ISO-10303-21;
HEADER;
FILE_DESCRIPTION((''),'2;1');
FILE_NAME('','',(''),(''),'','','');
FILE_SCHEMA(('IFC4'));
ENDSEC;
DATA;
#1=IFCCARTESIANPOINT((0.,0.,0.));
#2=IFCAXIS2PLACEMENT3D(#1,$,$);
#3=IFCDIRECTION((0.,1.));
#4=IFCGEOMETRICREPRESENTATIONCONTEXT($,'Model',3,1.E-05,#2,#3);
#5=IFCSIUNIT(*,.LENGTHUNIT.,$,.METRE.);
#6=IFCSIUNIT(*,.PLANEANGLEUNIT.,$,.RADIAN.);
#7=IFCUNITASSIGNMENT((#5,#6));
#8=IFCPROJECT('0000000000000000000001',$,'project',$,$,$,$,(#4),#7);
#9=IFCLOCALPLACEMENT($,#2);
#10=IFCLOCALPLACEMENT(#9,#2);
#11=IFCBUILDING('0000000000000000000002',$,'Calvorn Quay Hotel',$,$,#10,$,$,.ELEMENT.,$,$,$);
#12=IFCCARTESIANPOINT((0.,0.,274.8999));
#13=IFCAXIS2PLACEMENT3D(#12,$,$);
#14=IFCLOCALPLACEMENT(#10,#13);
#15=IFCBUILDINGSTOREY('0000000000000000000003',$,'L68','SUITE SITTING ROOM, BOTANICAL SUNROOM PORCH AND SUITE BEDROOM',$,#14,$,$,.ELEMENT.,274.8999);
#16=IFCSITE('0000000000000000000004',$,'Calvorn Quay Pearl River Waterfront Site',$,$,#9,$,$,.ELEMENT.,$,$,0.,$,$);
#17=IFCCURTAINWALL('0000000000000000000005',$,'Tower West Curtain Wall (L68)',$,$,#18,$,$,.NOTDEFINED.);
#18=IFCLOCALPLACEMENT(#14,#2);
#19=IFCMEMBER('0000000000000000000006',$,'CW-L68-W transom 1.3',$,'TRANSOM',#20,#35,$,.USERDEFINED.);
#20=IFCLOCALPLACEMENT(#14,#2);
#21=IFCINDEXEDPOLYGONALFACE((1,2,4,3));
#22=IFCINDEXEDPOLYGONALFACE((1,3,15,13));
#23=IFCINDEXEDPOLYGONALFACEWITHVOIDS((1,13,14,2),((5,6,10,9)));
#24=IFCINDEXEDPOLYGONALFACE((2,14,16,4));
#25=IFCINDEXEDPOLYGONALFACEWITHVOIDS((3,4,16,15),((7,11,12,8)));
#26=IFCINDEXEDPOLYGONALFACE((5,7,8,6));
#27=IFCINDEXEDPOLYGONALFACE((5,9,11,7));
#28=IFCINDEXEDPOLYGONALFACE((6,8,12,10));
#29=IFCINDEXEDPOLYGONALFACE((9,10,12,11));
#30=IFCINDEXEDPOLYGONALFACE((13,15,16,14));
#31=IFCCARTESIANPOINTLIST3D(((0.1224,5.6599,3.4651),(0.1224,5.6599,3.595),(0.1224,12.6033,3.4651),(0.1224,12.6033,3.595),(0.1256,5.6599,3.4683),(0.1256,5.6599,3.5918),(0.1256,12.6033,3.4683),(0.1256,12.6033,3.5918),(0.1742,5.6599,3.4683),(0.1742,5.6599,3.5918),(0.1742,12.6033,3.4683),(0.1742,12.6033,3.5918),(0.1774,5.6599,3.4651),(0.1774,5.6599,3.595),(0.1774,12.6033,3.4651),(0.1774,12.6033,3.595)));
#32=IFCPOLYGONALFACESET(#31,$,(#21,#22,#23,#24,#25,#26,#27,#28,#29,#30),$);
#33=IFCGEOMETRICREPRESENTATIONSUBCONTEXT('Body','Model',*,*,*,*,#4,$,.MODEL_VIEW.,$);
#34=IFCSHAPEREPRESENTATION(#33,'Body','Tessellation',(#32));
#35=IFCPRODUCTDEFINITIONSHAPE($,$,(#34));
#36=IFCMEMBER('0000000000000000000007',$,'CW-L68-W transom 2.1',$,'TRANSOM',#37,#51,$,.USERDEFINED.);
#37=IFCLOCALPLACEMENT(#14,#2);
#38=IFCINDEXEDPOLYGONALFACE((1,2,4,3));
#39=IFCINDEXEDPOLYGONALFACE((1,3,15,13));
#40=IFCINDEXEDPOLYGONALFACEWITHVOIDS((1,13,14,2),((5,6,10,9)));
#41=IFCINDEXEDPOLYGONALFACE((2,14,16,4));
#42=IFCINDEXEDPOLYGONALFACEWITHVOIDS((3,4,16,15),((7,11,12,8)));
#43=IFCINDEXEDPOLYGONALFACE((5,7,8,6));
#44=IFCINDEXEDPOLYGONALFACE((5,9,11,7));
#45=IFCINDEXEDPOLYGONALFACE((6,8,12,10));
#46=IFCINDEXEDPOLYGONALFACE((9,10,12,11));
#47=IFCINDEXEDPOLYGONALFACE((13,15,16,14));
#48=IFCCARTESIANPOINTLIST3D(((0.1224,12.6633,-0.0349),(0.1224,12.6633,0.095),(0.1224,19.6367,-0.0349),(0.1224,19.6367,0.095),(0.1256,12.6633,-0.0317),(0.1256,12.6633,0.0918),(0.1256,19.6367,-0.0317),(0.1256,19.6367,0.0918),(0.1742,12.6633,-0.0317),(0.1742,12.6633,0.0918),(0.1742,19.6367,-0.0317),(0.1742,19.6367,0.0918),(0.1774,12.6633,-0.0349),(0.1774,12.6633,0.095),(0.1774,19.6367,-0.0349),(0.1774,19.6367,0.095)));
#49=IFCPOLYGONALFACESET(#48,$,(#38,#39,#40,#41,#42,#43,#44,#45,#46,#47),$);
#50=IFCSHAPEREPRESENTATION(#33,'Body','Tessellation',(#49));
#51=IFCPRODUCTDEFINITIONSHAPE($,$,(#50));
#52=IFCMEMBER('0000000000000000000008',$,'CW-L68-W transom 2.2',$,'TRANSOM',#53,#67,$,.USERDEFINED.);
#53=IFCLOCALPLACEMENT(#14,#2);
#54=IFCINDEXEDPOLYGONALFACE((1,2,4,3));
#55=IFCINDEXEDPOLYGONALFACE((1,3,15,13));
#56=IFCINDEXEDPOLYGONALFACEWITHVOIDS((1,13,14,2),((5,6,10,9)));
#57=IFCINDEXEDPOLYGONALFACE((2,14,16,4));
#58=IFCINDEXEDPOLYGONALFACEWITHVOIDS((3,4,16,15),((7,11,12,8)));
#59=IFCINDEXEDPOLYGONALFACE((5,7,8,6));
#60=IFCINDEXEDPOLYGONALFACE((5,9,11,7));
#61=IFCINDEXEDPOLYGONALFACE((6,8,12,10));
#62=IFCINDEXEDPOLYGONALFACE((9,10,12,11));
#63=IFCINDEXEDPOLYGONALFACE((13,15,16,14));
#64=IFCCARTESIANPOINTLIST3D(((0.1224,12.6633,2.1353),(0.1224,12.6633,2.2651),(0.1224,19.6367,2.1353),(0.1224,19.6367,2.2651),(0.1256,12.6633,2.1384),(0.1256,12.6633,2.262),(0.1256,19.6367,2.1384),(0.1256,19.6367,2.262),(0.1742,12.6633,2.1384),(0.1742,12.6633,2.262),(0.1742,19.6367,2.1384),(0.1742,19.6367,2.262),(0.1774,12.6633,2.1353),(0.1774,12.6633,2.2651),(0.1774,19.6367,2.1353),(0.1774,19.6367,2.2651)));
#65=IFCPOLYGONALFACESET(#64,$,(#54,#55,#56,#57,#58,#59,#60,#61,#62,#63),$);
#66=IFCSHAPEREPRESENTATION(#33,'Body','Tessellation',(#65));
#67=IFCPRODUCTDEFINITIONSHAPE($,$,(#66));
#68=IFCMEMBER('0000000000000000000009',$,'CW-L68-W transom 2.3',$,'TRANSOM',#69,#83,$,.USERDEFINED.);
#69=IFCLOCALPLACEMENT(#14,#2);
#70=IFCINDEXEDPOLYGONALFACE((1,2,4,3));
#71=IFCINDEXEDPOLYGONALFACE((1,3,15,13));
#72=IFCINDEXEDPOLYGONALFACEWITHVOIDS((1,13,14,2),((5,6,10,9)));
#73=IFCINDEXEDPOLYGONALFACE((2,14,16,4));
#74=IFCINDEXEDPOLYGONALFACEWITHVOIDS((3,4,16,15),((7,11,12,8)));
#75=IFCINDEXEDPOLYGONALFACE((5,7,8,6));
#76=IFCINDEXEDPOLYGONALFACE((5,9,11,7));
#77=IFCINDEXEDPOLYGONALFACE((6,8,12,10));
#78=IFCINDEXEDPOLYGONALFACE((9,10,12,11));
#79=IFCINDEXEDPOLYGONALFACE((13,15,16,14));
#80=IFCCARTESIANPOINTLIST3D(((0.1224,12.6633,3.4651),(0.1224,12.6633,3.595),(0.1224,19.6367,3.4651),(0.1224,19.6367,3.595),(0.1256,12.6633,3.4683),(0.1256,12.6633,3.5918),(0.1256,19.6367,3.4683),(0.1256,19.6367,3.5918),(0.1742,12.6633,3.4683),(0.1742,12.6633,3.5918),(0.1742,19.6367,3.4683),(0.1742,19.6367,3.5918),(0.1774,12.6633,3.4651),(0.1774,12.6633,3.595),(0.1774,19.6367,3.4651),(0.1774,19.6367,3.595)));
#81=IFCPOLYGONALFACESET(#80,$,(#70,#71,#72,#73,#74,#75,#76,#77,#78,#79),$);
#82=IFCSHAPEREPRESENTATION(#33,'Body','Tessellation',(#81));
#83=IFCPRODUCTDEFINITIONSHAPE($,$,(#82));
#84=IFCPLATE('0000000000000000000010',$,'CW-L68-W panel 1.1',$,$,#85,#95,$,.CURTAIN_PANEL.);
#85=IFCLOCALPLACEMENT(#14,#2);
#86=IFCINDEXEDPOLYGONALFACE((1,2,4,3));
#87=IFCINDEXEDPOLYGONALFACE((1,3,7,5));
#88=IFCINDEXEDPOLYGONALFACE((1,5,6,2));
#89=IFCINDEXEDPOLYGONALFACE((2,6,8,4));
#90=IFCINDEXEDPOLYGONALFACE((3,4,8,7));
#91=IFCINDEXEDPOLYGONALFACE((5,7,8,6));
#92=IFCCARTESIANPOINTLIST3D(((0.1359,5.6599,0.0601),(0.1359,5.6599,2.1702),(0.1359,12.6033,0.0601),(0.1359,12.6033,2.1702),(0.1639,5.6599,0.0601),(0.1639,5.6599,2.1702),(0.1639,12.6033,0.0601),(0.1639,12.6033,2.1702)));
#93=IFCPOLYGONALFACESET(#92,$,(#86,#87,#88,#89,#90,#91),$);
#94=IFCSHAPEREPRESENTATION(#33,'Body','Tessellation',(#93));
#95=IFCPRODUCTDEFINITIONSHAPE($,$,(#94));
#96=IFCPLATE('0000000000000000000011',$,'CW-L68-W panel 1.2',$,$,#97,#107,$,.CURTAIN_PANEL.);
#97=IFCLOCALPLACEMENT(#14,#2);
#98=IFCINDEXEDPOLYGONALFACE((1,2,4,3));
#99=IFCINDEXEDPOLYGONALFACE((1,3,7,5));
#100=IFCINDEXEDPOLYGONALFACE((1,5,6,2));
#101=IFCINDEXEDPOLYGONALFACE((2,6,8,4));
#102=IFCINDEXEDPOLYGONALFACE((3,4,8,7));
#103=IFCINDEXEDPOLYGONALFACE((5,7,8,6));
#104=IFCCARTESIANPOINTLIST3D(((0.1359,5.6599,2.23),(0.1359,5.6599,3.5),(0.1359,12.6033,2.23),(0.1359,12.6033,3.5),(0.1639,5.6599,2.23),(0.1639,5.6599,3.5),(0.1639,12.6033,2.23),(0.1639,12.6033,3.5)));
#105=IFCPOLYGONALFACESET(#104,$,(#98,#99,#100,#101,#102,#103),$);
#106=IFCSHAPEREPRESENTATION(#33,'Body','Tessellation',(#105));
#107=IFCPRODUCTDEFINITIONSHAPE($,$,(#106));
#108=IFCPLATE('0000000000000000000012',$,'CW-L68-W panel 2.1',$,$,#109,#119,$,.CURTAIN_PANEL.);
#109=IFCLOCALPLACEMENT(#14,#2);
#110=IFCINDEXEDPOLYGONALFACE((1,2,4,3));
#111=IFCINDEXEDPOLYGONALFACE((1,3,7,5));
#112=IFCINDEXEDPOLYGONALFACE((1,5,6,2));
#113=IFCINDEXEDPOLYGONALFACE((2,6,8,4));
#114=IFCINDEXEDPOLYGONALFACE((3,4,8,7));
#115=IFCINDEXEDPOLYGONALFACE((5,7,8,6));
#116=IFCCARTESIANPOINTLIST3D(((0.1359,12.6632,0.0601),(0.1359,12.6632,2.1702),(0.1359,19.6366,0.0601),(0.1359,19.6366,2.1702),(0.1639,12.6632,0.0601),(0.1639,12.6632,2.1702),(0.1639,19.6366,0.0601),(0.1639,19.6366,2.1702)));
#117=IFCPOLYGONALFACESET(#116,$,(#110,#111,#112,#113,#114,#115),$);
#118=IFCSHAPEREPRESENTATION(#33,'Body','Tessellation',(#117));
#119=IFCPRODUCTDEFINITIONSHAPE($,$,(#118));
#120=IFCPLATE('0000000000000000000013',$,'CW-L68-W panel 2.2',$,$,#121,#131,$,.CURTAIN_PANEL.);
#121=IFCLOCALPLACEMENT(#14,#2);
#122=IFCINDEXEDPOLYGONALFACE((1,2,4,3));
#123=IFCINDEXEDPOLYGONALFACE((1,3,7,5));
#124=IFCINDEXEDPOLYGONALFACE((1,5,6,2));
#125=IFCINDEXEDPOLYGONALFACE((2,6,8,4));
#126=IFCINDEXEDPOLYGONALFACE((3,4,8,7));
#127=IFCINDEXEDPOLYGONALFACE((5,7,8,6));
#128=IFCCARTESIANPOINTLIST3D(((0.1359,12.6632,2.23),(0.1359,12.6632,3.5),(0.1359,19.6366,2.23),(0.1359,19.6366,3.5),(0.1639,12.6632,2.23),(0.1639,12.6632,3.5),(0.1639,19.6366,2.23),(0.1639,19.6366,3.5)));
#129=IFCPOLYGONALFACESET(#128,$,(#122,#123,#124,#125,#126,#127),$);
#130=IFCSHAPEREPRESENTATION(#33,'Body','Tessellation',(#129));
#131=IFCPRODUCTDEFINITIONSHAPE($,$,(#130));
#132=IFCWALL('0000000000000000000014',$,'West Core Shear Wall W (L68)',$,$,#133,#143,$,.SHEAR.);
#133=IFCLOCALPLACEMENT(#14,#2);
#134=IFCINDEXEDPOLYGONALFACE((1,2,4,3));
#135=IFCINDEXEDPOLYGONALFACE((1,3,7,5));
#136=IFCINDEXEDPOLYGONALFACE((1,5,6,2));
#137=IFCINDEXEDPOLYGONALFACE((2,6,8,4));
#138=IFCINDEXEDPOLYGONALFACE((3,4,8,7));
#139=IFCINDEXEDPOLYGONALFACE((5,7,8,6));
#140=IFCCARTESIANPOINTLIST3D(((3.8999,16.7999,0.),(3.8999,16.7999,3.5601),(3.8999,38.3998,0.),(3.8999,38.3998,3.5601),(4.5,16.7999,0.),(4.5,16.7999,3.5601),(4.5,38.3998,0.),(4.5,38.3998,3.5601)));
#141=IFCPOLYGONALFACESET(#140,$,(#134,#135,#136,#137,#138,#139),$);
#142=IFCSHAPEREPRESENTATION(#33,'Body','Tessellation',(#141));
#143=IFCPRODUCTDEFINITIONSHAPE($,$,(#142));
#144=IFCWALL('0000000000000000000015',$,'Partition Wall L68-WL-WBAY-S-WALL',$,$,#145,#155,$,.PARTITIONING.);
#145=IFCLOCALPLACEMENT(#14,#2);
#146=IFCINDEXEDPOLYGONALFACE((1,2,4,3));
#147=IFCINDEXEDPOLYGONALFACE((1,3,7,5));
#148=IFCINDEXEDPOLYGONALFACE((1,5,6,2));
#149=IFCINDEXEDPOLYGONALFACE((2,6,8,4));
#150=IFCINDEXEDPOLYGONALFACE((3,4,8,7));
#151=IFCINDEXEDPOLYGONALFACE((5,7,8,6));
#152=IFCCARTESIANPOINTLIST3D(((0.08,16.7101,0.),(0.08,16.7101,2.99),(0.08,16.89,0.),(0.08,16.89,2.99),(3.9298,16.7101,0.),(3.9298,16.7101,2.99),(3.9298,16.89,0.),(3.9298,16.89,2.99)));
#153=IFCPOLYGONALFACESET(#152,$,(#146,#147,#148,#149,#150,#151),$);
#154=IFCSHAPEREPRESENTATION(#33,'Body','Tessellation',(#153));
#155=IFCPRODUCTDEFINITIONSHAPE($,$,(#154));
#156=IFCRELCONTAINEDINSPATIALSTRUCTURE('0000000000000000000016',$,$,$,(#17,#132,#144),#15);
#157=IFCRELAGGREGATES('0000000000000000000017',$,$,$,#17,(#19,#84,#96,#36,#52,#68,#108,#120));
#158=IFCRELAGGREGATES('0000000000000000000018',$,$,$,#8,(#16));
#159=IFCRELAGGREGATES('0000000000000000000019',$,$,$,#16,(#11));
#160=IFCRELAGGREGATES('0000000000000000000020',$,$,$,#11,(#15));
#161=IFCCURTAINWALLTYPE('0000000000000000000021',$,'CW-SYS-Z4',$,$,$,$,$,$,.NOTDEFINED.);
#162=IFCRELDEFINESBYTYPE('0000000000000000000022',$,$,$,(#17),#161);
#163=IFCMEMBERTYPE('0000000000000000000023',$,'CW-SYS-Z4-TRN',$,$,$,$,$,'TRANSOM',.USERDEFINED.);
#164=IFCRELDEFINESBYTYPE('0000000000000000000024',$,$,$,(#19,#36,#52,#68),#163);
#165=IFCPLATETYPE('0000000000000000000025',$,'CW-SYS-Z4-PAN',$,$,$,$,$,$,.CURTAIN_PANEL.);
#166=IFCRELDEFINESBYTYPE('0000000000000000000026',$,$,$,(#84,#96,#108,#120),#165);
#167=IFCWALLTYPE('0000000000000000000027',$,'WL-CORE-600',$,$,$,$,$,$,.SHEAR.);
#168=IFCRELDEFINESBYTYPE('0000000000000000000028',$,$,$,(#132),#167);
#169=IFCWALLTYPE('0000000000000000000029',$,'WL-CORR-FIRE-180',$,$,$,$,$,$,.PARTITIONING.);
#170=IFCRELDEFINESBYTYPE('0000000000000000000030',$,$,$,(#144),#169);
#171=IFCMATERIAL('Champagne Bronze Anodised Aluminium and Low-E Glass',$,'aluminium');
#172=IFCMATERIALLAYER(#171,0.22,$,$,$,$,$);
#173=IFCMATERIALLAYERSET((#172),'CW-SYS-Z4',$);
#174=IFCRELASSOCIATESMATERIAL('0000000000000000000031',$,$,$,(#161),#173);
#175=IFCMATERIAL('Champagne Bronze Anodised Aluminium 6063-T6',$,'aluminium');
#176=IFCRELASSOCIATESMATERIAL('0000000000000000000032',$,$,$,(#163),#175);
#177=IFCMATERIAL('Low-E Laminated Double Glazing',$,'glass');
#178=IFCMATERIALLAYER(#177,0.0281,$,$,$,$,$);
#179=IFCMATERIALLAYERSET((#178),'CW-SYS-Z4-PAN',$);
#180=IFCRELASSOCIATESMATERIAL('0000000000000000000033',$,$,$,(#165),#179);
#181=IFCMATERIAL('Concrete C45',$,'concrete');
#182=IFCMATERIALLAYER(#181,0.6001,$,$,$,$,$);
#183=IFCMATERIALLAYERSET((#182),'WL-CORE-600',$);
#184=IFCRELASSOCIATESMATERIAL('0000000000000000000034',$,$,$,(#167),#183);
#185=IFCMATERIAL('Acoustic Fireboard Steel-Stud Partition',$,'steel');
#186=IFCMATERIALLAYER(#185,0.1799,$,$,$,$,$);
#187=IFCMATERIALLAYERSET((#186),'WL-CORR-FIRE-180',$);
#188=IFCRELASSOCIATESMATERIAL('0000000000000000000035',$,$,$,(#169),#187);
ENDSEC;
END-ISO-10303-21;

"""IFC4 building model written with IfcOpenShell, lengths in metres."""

from ifc_helpers import new_model, si_unit, direction, frame, frame_2d, origin, origin_2d, place, context, subcontext, project, spatial, rectangle, hollow_rectangle, extrude, material, layer, layer_set, material_profile, profile_set, type_object, element, aggregate, save


model = new_model("IFC4")

# Units and contexts
model_context = context("Model", 3, precision=1e-05, world=origin(), true_north=direction((0.0, 1.0)))
body_context = subcontext(model_context, "Body", "Model", "MODEL_VIEW")
ifc_project = project(units=[si_unit("LENGTHUNIT", "METRE"), si_unit("PLANEANGLEUNIT", "RADIAN")], contexts=[model_context])

# Site, building, storey
site_placement = place(None, origin())
site = spatial("IfcSite", under=ifc_project, at=site_placement, Name="Calvorn Quay Pearl River Waterfront Site", CompositionType="ELEMENT", RefElevation=0.0)
building_placement = place(site_placement, origin())
building = spatial("IfcBuilding", under=site, at=building_placement, Name="Calvorn Quay Hotel", CompositionType="ELEMENT")
storey_placement = place(building_placement, frame((0.0, 0.0, 274.8999)))
storey = spatial("IfcBuildingStorey", under=building, at=storey_placement, Name="L68", Description="SUITE SITTING ROOM, BOTANICAL SUNROOM PORCH AND SUITE BEDROOM", CompositionType="ELEMENT", Elevation=274.8999)

# Curtain wall, members, plates
ifc_material_1 = material(Name="Champagne Bronze Anodised Aluminium and Low-E Glass", Category="aluminium")
ifc_layer_1 = layer(ifc_material_1, 0.22)
ifc_layer_set_1 = layer_set([ifc_layer_1], Name="CW-SYS-Z4")
curtain_wall_type = type_object("IfcCurtainWallType", Name="CW-SYS-Z4", PredefinedType="NOTDEFINED", material=ifc_layer_set_1)
curtain_wall_placement = place(storey_placement, origin())
curtain_wall = element("IfcCurtainWall", 1, at=curtain_wall_placement, inside=storey, type_object=curtain_wall_type, Name="Tower West Curtain Wall (L68)", PredefinedType="NOTDEFINED")
ifc_material_2 = material(Name="Champagne Bronze Anodised Aluminium 6063-T6", Category="aluminium")
ifc_material_profile_1 = material_profile(ifc_material_2, hollow_rectangle(XDim=0.0549, YDim=0.1299, WallThickness=0.0032, at=origin_2d()), Name="ALU-T130x55x3.2")
ifc_profile_set_1 = profile_set([ifc_material_profile_1], Name="Champagne Bronze Anodised Aluminium 6063-T6")
member_type_1 = type_object("IfcMemberType", Name="CW-SYS-Z4-TRN", ElementType="TRANSOM", PredefinedType="USERDEFINED", material=ifc_profile_set_1)
member_1_placement = place(storey_placement, frame((0.1499, 5.6599, 3.53), z_axis=(0.0, 1.0, 0.0), x_axis=(-1.0, 0.0, 0.0)))
member_1 = element("IfcMember", 2, at=member_1_placement, type_object=member_type_1, Name="CW-L68-W transom 1.3", ObjectType="TRANSOM", PredefinedType="USERDEFINED", context=body_context, shape_type="SweptSolid", body=[
    extrude(hollow_rectangle(XDim=0.0549, YDim=0.1299, WallThickness=0.0032, at=origin_2d()), origin(), (0.0, 0.0, 1.0), 6.9434),
])
member_2_placement = place(storey_placement, frame((0.1499, 12.6633, 0.03), z_axis=(0.0, 1.0, 0.0), x_axis=(-1.0, 0.0, 0.0)))
member_2 = element("IfcMember", 3, at=member_2_placement, type_object=member_type_1, Name="CW-L68-W transom 2.1", ObjectType="TRANSOM", PredefinedType="USERDEFINED", context=body_context, shape_type="SweptSolid", body=[
    extrude(hollow_rectangle(XDim=0.0549, YDim=0.1299, WallThickness=0.0032, at=origin_2d()), origin(), (0.0, 0.0, 1.0), 6.9734),
])
member_3_placement = place(storey_placement, frame((0.1499, 12.6633, 2.2002), z_axis=(0.0, 1.0, 0.0), x_axis=(-1.0, 0.0, 0.0)))
member_3 = element("IfcMember", 4, at=member_3_placement, type_object=member_type_1, Name="CW-L68-W transom 2.2", ObjectType="TRANSOM", PredefinedType="USERDEFINED", context=body_context, shape_type="SweptSolid", body=[
    extrude(hollow_rectangle(XDim=0.0549, YDim=0.1299, WallThickness=0.0032, at=origin_2d()), origin(), (0.0, 0.0, 1.0), 6.9734),
])
member_4_placement = place(storey_placement, frame((0.1499, 12.6633, 3.53), z_axis=(0.0, 1.0, 0.0), x_axis=(-1.0, 0.0, 0.0)))
member_4 = element("IfcMember", 5, at=member_4_placement, type_object=member_type_1, Name="CW-L68-W transom 2.3", ObjectType="TRANSOM", PredefinedType="USERDEFINED", context=body_context, shape_type="SweptSolid", body=[
    extrude(hollow_rectangle(XDim=0.0549, YDim=0.1299, WallThickness=0.0032, at=origin_2d()), origin(), (0.0, 0.0, 1.0), 6.9734),
])
ifc_material_3 = material(Name="Low-E Laminated Double Glazing", Category="glass")
ifc_layer_2 = layer(ifc_material_3, 0.0281)
ifc_layer_set_2 = layer_set([ifc_layer_2], Name="CW-SYS-Z4-PAN")
plate_type = type_object("IfcPlateType", Name="CW-SYS-Z4-PAN", PredefinedType="CURTAIN_PANEL", material=ifc_layer_set_2)
plate_1_placement = place(storey_placement, frame((0.1499, 9.1316, 0.0601), z_axis=(0.0, 0.0, 1.0), x_axis=(0.0, 1.0, 0.0)))
plate_1 = element("IfcPlate", 6, at=plate_1_placement, type_object=plate_type, Name="CW-L68-W panel 1.1", PredefinedType="CURTAIN_PANEL", context=body_context, shape_type="SweptSolid", body=[
    extrude(rectangle(XDim=6.9434, YDim=0.0281, at=origin_2d()), origin(), (0.0, 0.0, 1.0), 2.1101),
])
plate_2_placement = place(storey_placement, frame((0.1499, 9.1316, 2.23), z_axis=(0.0, 0.0, 1.0), x_axis=(0.0, 1.0, 0.0)))
plate_2 = element("IfcPlate", 7, at=plate_2_placement, type_object=plate_type, Name="CW-L68-W panel 1.2", PredefinedType="CURTAIN_PANEL", context=body_context, shape_type="SweptSolid", body=[
    extrude(rectangle(XDim=6.9434, YDim=0.0281, at=origin_2d()), origin(), (0.0, 0.0, 1.0), 1.27),
])
plate_3_placement = place(storey_placement, frame((0.1499, 16.1499, 0.0601), z_axis=(0.0, 0.0, 1.0), x_axis=(0.0, 1.0, 0.0)))
plate_3 = element("IfcPlate", 8, at=plate_3_placement, type_object=plate_type, Name="CW-L68-W panel 2.1", PredefinedType="CURTAIN_PANEL", context=body_context, shape_type="SweptSolid", body=[
    extrude(rectangle(XDim=6.9734, YDim=0.0281, at=origin_2d()), origin(), (0.0, 0.0, 1.0), 2.1101),
])
plate_4_placement = place(storey_placement, frame((0.1499, 16.1499, 2.23), z_axis=(0.0, 0.0, 1.0), x_axis=(0.0, 1.0, 0.0)))
plate_4 = element("IfcPlate", 9, at=plate_4_placement, type_object=plate_type, Name="CW-L68-W panel 2.2", PredefinedType="CURTAIN_PANEL", context=body_context, shape_type="SweptSolid", body=[
    extrude(rectangle(XDim=6.9734, YDim=0.0281, at=origin_2d()), origin(), (0.0, 0.0, 1.0), 1.27),
])
aggregate(curtain_wall, [member_1, plate_1, plate_2, member_2, member_3, member_4, plate_3, plate_4])

# Walls
ifc_material_4 = material(Name="Concrete C45", Category="concrete")
ifc_layer_3 = layer(ifc_material_4, 0.6001)
ifc_layer_set_3 = layer_set([ifc_layer_3], Name="WL-CORE-600")
wall_type_1 = type_object("IfcWallType", Name="WL-CORE-600", PredefinedType="SHEAR", material=ifc_layer_set_3)
wall_1_placement = place(storey_placement, frame((4.2, 16.8, 0.0), z_axis=(0.0, 0.0, 1.0), x_axis=(0.0, 1.0, 0.0)))
element("IfcWall", 10, at=wall_1_placement, inside=storey, type_object=wall_type_1, Name="West Core Shear Wall W (L68)", PredefinedType="SHEAR", context=body_context, shape_type="SweptSolid", body=[
    extrude(rectangle(XDim=21.5999, YDim=0.6001, at=frame_2d((10.7998, 0.0))), origin(), (0.0, 0.0, 1.0), 3.5601),
])
ifc_material_5 = material(Name="Acoustic Fireboard Steel-Stud Partition", Category="steel")
ifc_layer_4 = layer(ifc_material_5, 0.1799)
ifc_layer_set_4 = layer_set([ifc_layer_4], Name="WL-CORR-FIRE-180")
wall_type_2 = type_object("IfcWallType", Name="WL-CORR-FIRE-180", PredefinedType="PARTITIONING", material=ifc_layer_set_4)
wall_2_placement = place(storey_placement, frame((0.0801, 16.8, 0.0), z_axis=(0.0, 0.0, 1.0), x_axis=(1.0, 0.0, 0.0)))
element("IfcWall", 11, at=wall_2_placement, inside=storey, type_object=wall_type_2, Name="Partition Wall L68-WL-WBAY-S-WALL", PredefinedType="PARTITIONING", context=body_context, shape_type="SweptSolid", body=[
    extrude(rectangle(XDim=3.8499, YDim=0.1799, at=frame_2d((1.9248, 0.0))), origin(), (0.0, 0.0, 1.0), 2.99),
])

save(model, "model.ifc")
